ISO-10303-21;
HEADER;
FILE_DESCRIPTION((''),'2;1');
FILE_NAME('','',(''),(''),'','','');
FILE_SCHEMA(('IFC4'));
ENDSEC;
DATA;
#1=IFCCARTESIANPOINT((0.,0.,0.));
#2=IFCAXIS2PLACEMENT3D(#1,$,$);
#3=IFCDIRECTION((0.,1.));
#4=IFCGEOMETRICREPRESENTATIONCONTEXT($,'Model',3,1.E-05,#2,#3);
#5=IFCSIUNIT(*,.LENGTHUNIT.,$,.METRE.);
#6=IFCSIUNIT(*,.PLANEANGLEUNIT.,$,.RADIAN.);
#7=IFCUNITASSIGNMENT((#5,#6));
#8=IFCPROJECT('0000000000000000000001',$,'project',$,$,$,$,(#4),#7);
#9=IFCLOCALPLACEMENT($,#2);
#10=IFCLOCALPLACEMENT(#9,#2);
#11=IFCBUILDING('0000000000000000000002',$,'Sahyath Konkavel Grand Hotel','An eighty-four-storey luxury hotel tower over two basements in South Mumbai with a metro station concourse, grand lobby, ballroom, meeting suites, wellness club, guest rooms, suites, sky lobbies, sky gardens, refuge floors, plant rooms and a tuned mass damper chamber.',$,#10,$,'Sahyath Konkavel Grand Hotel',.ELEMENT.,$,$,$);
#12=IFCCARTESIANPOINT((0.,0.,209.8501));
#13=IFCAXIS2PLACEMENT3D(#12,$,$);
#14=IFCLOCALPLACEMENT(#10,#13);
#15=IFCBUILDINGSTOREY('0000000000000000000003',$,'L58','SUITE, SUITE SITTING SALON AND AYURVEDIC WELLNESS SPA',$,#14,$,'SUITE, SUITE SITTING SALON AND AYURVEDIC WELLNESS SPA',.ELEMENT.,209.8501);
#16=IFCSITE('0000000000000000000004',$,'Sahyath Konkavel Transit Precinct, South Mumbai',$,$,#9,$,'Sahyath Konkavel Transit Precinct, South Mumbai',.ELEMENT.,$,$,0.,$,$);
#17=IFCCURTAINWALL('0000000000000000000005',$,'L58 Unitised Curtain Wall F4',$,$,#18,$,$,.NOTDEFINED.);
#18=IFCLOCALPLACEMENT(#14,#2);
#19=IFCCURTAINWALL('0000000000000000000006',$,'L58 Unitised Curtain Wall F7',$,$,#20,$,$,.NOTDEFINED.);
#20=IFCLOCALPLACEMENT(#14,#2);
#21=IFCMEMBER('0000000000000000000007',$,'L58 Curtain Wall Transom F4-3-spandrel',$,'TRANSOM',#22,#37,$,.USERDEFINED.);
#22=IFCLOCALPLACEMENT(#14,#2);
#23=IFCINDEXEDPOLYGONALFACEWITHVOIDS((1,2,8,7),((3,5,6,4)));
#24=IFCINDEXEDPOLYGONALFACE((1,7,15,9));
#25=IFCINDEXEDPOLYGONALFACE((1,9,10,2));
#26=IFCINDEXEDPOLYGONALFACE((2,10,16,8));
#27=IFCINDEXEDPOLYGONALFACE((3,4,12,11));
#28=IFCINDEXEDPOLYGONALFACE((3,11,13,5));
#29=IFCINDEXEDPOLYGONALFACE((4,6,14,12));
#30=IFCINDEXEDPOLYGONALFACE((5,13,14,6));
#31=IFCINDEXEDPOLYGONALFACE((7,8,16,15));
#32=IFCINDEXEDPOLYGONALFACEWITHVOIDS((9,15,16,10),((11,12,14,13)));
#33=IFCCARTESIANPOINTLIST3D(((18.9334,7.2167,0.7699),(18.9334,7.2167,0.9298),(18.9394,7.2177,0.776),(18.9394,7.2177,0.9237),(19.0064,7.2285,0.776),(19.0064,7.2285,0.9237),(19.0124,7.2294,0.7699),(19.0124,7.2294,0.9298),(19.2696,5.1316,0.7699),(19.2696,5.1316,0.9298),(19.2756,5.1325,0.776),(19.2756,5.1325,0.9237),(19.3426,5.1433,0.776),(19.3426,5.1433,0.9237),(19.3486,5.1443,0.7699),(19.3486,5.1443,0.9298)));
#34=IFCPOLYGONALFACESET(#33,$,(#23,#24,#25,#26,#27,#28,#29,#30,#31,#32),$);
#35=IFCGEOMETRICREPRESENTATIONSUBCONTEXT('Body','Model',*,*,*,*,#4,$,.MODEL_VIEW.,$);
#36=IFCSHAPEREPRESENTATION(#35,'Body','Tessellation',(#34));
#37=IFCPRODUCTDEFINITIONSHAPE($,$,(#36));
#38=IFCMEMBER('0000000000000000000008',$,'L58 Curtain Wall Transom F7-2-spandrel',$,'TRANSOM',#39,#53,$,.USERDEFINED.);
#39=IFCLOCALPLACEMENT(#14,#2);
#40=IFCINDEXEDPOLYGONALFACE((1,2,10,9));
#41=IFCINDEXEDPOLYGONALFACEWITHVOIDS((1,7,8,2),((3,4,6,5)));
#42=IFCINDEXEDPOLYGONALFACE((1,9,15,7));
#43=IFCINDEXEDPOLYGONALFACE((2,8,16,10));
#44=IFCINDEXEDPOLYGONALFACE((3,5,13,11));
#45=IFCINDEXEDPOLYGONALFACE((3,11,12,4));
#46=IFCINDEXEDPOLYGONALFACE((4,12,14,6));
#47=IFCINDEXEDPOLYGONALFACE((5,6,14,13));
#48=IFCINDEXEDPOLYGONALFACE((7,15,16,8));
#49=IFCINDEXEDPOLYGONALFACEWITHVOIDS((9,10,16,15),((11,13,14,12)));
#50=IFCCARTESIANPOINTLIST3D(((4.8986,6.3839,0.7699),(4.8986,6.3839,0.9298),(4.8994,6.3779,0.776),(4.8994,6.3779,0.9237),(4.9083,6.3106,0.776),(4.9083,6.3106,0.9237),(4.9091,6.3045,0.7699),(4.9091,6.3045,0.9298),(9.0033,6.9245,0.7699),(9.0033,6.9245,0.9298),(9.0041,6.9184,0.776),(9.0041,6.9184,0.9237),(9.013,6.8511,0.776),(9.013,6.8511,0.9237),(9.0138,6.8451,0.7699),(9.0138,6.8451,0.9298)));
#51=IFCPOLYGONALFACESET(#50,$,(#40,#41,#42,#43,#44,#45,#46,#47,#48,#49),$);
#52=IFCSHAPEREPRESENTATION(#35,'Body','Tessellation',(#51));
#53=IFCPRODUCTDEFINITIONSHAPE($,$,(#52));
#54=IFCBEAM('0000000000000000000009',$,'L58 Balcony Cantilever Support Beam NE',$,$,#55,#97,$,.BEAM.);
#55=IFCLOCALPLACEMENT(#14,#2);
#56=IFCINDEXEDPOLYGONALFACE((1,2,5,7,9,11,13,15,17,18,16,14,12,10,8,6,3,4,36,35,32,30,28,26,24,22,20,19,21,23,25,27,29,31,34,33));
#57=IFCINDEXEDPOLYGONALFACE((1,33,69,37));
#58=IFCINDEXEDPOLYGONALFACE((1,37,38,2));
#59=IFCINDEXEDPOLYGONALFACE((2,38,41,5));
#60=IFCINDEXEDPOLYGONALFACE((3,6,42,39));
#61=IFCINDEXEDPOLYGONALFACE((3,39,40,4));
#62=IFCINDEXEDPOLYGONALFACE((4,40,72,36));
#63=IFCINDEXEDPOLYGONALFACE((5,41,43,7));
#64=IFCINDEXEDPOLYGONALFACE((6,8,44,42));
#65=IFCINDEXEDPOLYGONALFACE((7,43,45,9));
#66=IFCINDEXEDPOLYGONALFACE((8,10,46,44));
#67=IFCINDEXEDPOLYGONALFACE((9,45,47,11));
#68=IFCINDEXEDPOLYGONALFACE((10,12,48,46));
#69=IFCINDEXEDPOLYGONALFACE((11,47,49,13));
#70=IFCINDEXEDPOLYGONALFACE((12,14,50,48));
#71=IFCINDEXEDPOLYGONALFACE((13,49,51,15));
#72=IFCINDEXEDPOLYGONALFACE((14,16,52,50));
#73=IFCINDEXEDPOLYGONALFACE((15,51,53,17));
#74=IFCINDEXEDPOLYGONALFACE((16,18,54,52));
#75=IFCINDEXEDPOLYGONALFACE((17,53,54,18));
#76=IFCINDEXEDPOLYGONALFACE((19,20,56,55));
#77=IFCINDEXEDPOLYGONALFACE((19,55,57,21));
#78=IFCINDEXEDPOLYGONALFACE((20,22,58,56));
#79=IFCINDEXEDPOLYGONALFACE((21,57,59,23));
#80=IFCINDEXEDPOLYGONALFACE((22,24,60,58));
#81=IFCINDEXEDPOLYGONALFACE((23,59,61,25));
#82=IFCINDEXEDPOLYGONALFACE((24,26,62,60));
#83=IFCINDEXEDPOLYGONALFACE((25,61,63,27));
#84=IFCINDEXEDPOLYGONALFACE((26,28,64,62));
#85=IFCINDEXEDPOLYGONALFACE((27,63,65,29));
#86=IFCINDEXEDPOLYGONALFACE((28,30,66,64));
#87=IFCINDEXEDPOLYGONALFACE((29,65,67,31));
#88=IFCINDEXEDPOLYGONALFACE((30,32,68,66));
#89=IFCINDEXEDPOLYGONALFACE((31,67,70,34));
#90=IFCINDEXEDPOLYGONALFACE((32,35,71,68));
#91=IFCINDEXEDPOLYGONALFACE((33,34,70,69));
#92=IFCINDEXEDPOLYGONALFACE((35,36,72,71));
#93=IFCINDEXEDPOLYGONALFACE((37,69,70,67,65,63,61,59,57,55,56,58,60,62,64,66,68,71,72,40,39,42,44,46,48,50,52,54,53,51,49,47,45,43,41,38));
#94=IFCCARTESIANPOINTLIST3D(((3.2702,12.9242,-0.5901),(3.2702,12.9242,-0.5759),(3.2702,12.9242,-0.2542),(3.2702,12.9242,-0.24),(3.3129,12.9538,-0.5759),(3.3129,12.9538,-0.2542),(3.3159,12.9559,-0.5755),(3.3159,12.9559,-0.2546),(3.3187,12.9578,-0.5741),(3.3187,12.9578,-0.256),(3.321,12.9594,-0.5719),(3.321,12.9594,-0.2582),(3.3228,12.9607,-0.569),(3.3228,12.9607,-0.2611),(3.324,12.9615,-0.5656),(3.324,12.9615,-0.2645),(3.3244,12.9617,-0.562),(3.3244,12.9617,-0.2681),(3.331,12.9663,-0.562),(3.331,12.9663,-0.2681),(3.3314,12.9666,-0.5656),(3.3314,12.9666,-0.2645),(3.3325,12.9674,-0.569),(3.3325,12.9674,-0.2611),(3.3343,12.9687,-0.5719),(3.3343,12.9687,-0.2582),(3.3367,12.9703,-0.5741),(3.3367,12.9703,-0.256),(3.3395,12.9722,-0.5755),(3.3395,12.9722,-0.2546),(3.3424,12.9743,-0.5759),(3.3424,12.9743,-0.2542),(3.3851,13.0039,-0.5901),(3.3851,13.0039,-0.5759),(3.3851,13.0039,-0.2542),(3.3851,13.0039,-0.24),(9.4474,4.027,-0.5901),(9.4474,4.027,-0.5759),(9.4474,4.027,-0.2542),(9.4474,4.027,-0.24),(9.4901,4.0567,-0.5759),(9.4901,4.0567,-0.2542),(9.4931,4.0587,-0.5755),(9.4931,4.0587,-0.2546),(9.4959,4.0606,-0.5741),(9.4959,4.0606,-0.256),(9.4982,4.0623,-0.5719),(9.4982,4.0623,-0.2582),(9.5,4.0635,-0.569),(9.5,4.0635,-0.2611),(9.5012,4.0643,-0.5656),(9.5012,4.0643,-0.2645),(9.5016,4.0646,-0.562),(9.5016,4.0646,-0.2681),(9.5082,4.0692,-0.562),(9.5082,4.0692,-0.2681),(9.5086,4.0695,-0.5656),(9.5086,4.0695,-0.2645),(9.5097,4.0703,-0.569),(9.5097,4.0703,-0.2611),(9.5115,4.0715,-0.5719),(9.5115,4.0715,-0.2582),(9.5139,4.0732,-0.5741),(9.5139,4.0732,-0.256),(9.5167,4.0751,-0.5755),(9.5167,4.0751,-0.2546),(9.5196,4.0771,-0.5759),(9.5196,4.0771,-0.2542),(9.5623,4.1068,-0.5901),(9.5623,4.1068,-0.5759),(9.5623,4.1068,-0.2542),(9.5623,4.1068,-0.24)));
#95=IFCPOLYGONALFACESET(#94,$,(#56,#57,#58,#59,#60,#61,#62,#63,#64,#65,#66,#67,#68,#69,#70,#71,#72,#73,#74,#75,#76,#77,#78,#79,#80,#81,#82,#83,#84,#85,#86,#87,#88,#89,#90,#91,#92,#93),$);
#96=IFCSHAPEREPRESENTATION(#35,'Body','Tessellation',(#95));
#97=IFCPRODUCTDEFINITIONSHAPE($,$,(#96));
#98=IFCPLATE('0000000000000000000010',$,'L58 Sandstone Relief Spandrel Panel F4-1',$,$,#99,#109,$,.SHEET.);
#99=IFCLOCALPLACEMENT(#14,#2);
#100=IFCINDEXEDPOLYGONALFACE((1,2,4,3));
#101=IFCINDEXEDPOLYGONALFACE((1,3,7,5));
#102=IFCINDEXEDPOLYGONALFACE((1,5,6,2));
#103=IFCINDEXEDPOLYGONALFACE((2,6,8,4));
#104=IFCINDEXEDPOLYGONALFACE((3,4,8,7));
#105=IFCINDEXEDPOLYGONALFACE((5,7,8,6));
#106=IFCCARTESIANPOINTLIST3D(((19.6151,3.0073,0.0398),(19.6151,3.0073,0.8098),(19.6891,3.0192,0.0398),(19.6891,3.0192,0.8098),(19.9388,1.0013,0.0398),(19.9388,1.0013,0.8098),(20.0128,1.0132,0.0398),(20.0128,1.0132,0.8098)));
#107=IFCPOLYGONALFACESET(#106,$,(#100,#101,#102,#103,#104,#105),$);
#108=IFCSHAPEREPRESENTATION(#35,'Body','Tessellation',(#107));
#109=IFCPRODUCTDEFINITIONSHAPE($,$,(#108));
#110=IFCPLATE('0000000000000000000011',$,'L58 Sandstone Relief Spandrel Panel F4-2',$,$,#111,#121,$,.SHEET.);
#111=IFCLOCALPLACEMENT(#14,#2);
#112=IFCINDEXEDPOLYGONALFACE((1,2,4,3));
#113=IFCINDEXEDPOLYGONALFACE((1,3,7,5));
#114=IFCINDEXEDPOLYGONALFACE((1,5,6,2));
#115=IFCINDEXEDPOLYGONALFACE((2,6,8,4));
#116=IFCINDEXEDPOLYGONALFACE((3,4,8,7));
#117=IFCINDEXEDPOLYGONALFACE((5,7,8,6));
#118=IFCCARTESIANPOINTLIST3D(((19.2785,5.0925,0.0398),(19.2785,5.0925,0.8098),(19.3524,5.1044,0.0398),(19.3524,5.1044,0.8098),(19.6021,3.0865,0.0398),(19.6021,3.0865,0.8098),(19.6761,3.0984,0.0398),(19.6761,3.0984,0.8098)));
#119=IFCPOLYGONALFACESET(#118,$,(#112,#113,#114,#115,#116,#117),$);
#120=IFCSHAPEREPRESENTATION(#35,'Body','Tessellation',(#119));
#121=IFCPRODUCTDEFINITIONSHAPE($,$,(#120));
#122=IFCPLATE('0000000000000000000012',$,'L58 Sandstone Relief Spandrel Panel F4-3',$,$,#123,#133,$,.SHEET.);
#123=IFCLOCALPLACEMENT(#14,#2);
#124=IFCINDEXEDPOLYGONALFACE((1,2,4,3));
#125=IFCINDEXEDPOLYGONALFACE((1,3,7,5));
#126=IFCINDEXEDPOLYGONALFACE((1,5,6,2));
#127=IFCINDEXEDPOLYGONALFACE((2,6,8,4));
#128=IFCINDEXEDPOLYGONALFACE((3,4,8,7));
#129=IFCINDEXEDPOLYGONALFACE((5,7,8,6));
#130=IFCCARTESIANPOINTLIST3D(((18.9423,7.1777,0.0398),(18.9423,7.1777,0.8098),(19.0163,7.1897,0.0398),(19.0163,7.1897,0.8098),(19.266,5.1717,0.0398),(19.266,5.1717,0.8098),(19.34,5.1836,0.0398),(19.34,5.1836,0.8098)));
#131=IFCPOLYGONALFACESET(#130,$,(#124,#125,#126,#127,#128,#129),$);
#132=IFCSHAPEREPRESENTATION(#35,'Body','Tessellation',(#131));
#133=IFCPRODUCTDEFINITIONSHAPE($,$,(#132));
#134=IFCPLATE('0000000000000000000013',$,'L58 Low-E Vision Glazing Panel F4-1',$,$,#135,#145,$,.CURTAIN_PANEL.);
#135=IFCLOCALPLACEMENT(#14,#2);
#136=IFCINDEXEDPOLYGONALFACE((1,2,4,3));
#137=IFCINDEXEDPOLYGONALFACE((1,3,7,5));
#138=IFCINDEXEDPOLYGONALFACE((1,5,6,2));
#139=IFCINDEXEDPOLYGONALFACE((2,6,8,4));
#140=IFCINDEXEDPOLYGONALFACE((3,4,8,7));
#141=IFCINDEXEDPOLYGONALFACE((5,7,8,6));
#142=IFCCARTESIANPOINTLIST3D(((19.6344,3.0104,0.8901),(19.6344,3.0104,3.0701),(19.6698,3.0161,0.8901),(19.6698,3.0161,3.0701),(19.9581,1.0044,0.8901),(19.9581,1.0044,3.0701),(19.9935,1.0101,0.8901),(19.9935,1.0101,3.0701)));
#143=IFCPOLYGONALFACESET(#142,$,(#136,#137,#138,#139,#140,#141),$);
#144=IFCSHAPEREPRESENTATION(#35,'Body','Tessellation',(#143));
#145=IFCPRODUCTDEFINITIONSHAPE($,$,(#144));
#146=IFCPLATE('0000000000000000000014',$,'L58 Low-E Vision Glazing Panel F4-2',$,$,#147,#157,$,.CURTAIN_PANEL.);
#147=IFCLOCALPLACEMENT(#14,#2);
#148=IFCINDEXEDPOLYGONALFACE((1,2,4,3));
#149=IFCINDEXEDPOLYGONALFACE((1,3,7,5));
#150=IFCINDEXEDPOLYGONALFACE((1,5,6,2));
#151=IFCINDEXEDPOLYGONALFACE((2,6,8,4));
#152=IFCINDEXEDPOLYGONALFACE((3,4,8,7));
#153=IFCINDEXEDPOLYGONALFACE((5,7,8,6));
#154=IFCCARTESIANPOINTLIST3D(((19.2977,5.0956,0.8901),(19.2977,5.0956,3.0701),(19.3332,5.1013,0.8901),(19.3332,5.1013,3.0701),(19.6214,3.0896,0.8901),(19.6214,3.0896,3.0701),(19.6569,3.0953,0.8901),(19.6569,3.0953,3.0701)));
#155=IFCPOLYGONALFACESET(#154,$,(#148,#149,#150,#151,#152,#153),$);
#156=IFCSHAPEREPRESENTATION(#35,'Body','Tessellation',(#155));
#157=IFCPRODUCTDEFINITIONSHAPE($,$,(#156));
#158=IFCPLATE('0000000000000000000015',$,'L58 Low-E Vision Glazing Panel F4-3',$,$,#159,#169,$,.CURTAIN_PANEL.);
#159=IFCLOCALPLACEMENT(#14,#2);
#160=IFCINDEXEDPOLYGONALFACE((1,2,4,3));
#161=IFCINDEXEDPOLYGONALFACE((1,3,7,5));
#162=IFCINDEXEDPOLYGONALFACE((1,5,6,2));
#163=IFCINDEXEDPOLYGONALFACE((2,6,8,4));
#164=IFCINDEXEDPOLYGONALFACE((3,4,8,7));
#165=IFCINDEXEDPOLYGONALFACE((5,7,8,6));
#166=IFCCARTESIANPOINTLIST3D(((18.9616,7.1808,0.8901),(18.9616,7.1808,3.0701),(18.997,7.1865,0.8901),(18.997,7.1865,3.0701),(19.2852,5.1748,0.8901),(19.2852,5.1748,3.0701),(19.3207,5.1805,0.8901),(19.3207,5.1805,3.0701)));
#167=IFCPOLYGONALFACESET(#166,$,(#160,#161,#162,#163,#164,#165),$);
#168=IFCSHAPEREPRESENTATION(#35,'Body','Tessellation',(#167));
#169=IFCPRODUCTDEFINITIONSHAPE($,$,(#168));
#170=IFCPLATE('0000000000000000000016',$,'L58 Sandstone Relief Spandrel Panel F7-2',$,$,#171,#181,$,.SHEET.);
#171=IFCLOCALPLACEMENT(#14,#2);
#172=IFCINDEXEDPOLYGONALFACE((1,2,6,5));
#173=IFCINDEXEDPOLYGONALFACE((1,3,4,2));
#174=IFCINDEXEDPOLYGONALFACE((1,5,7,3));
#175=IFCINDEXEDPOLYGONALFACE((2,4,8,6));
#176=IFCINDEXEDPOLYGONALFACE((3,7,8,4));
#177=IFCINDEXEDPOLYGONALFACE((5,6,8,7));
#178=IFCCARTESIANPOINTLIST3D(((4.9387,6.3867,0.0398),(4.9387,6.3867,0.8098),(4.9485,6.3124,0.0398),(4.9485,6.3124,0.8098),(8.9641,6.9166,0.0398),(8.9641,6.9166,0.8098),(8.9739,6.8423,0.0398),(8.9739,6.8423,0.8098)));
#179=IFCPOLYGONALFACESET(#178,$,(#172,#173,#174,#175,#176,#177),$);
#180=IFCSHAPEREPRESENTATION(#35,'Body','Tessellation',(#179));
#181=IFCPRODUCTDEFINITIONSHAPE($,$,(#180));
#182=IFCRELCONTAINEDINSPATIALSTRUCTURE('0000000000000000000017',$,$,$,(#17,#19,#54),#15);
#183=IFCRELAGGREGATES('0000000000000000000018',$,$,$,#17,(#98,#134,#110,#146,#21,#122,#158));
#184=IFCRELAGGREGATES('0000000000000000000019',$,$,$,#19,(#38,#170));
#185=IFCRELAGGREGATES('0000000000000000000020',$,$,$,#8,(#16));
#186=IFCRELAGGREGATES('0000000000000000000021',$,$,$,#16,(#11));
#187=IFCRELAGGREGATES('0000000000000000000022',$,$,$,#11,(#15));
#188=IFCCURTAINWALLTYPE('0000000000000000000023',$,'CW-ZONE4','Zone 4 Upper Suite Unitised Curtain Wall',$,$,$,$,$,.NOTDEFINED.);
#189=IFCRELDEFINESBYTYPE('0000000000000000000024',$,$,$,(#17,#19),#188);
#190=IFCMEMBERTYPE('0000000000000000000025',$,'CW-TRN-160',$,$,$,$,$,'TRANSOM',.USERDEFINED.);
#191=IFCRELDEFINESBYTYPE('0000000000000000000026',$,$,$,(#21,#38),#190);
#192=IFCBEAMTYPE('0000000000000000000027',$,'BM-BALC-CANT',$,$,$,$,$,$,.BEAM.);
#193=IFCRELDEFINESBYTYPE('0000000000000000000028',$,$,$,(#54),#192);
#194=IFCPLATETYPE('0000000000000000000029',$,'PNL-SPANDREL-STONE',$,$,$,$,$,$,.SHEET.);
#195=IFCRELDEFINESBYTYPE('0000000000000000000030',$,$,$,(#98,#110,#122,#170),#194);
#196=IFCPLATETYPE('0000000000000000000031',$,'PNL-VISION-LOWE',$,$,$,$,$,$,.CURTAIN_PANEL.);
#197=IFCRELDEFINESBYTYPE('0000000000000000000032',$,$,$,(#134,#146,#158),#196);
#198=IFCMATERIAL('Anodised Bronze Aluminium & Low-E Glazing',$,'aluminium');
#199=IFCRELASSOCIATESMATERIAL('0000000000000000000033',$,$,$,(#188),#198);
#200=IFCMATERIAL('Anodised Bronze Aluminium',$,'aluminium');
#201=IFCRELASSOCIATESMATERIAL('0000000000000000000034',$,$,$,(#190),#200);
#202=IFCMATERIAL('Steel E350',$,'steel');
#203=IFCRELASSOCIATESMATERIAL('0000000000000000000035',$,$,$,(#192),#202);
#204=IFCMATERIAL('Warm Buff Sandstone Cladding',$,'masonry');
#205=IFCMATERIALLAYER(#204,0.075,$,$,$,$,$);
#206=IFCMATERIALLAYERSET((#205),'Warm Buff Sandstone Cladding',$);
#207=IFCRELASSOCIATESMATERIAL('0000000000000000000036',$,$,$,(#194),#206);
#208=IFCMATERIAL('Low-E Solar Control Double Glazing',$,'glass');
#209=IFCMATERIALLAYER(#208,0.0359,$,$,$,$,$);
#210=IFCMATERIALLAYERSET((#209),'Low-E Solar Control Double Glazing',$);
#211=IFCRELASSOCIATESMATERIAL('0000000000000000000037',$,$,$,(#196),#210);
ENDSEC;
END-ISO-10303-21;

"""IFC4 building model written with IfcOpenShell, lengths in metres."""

from ifc_helpers import new_model, si_unit, direction, frame, origin, origin_2d, place, context, subcontext, project, spatial, rectangle, hollow_rectangle, i_section, extrude, source, transform, mapped, material, layer, layer_set, material_profile, profile_set, type_object, element, aggregate, save


model = new_model("IFC4")

# Units and contexts
model_context = context("Model", 3, precision=1e-05, world=origin(), true_north=direction((0.0, 1.0)))
body_context = subcontext(model_context, "Body", "Model", "MODEL_VIEW")
ifc_project = project(units=[si_unit("LENGTHUNIT", "METRE"), si_unit("PLANEANGLEUNIT", "RADIAN")], contexts=[model_context])

# Site, building, storey
site_placement = place(None, origin())
site = spatial("IfcSite", under=ifc_project, at=site_placement, Name="Sahyath Konkavel Transit Precinct, South Mumbai", LongName="Sahyath Konkavel Transit Precinct, South Mumbai", CompositionType="ELEMENT", RefElevation=0.0)
building_placement = place(site_placement, origin())
building = spatial("IfcBuilding", under=site, at=building_placement, Name="Sahyath Konkavel Grand Hotel", Description="An eighty-four-storey luxury hotel tower over two basements in South Mumbai with a metro station concourse, grand lobby, ballroom, meeting suites, wellness club, guest rooms, suites, sky lobbies, sky gardens, refuge floors, plant rooms and a tuned mass damper chamber.", LongName="Sahyath Konkavel Grand Hotel", CompositionType="ELEMENT")
storey_placement = place(building_placement, frame((0.0, 0.0, 209.8501)))
storey = spatial("IfcBuildingStorey", under=building, at=storey_placement, Name="L58", Description="SUITE, SUITE SITTING SALON AND AYURVEDIC WELLNESS SPA", LongName="SUITE, SUITE SITTING SALON AND AYURVEDIC WELLNESS SPA", CompositionType="ELEMENT", Elevation=209.8501)

# Shared definitions
ifc_material_1 = material(Name="Steel E350", Category="steel")

# Curtain wall
ifc_material_2 = material(Name="Anodised Bronze Aluminium & Low-E Glazing", Category="aluminium")
curtain_wall_type = type_object("IfcCurtainWallType", Name="CW-ZONE4", Description="Zone 4 Upper Suite Unitised Curtain Wall", PredefinedType="NOTDEFINED", material=ifc_material_2)
curtain_wall_1_placement = place(storey_placement, origin())
curtain_wall_1 = element("IfcCurtainWall", 1, at=curtain_wall_1_placement, inside=storey, type_object=curtain_wall_type, Name="L58 Unitised Curtain Wall F4", PredefinedType="NOTDEFINED")
ifc_material_3 = material(Name="Anodised Bronze Aluminium", Category="aluminium")

# Curtain wall
curtain_wall_2_placement = place(storey_placement, origin())
curtain_wall_2 = element("IfcCurtainWall", 2, at=curtain_wall_2_placement, inside=storey, type_object=curtain_wall_type, Name="L58 Unitised Curtain Wall F7", PredefinedType="NOTDEFINED")

# Members
ifc_material_profile_1 = material_profile(ifc_material_3, hollow_rectangle(XDim=0.0801, YDim=0.1599, WallThickness=0.0061, at=origin_2d()), Name="RHS 160x80x6")
ifc_profile_set_1 = profile_set([ifc_material_profile_1], Name="Anodised Bronze Aluminium")
member_type_1 = type_object("IfcMemberType", Name="CW-TRN-160", ElementType="TRANSOM", PredefinedType="USERDEFINED", material=ifc_profile_set_1)
shared_shape_1 = source(origin(), body_context, "Body", "SweptSolid", [
    extrude(hollow_rectangle(XDim=0.0801, YDim=0.1599, WallThickness=0.0061, at=origin_2d()), origin(), (0.0, 0.0, 1.0), 2.1121),
])
member_1_placement = place(storey_placement, frame((19.3091, 5.1379, 0.8499), z_axis=(-0.159167, 0.987252, 0.0), x_axis=(-0.987252, -0.159167, 0.0)))
member_1 = element("IfcMember", 3, at=member_1_placement, type_object=member_type_1, Name="L58 Curtain Wall Transom F4-3-spandrel", ObjectType="TRANSOM", PredefinedType="USERDEFINED", context=body_context, shape_type="MappedRepresentation", body=[
    mapped(shared_shape_1, transform((0.0, 0.0, 0.0), scale=1.0)),
])
shared_shape_2 = source(origin(), body_context, "Body", "SweptSolid", [
    extrude(hollow_rectangle(XDim=0.0801, YDim=0.1599, WallThickness=0.0061, at=origin_2d()), origin(), (0.0, 0.0, 1.0), 4.1401),
])
member_2_placement = place(storey_placement, frame((9.0085, 6.8848, 0.8499), z_axis=(-0.991441, -0.130557, 0.0), x_axis=(0.130557, -0.991441, 0.0)))
member_2 = element("IfcMember", 4, at=member_2_placement, type_object=member_type_1, Name="L58 Curtain Wall Transom F7-2-spandrel", ObjectType="TRANSOM", PredefinedType="USERDEFINED", context=body_context, shape_type="MappedRepresentation", body=[
    mapped(shared_shape_2, transform((0.0, 0.0, 0.0), scale=1.0)),
])

# Beam
ifc_material_profile_2 = material_profile(ifc_material_1, i_section(OverallWidth=0.1399, OverallDepth=0.3501, WebThickness=0.0081, FlangeThickness=0.0142, FilletRadius=0.0139, at=origin_2d()), Name="ISMB 350")
ifc_profile_set_2 = profile_set([ifc_material_profile_2], Name="Steel E350")
beam_type_1 = type_object("IfcBeamType", Name="BM-BALC-CANT", PredefinedType="BEAM", material=ifc_profile_set_2)
shared_shape_3 = source(origin(), body_context, "Body", "SweptSolid", [
    extrude(i_section(OverallWidth=0.1399, OverallDepth=0.3501, WebThickness=0.0081, FlangeThickness=0.0142, FilletRadius=0.0139, at=origin_2d()), origin(), (0.0, 0.0, 1.0), 10.8313),
])
beam_1_placement = place(storey_placement, frame((9.5049, 4.0669, -0.415), z_axis=(-0.57031, 0.82143, 0.0), x_axis=(-0.82143, -0.57031, 0.0)))
element("IfcBeam", 5, at=beam_1_placement, inside=storey, type_object=beam_type_1, Name="L58 Balcony Cantilever Support Beam NE", PredefinedType="BEAM", context=body_context, shape_type="MappedRepresentation", body=[
    mapped(shared_shape_3, transform((0.0, 0.0, 0.0), scale=1.0)),
])

# Plates
ifc_material_4 = material(Name="Warm Buff Sandstone Cladding", Category="masonry")
ifc_layer_1 = layer(ifc_material_4, 0.075)
ifc_layer_set_1 = layer_set([ifc_layer_1], Name="Warm Buff Sandstone Cladding")
plate_type_1 = type_object("IfcPlateType", Name="PNL-SPANDREL-STONE", PredefinedType="SHEET", material=ifc_layer_set_1)
shared_shape_4 = source(origin(), body_context, "Body", "SweptSolid", [
    extrude(rectangle(XDim=2.032, YDim=0.075, at=origin_2d()), origin(), (0.0, 0.0, 1.0), 0.77),
])
plate_1_placement = place(storey_placement, frame((19.814, 2.0103, 0.0398), z_axis=(0.0, 0.0, 1.0), x_axis=(-0.159295, 0.987231, 0.0)))
plate_1 = element("IfcPlate", 6, at=plate_1_placement, type_object=plate_type_1, Name="L58 Sandstone Relief Spandrel Panel F4-1", PredefinedType="SHEET", context=body_context, shape_type="MappedRepresentation", body=[
    mapped(shared_shape_4, transform((0.0, 0.0, 0.0), scale=1.0)),
])
plate_2_placement = place(storey_placement, frame((19.4773, 4.0955, 0.0398), z_axis=(0.0, 0.0, 1.0), x_axis=(-0.159295, 0.987231, 0.0)))
plate_2 = element("IfcPlate", 7, at=plate_2_placement, type_object=plate_type_1, Name="L58 Sandstone Relief Spandrel Panel F4-2", PredefinedType="SHEET", context=body_context, shape_type="MappedRepresentation", body=[
    mapped(shared_shape_4, transform((0.0, 0.0, 0.0), scale=1.0)),
])
plate_3_placement = place(storey_placement, frame((19.1411, 6.1807, 0.0398), z_axis=(0.0, 0.0, 1.0), x_axis=(-0.159295, 0.987231, 0.0)))
plate_3 = element("IfcPlate", 8, at=plate_3_placement, type_object=plate_type_1, Name="L58 Sandstone Relief Spandrel Panel F4-3", PredefinedType="SHEET", context=body_context, shape_type="MappedRepresentation", body=[
    mapped(shared_shape_4, transform((0.0, 0.0, 0.0), scale=1.0)),
])
ifc_material_5 = material(Name="Low-E Solar Control Double Glazing", Category="glass")
ifc_layer_2 = layer(ifc_material_5, 0.0359)
ifc_layer_set_2 = layer_set([ifc_layer_2], Name="Low-E Solar Control Double Glazing")
plate_type_2 = type_object("IfcPlateType", Name="PNL-VISION-LOWE", PredefinedType="CURTAIN_PANEL", material=ifc_layer_set_2)
shared_shape_5 = source(origin(), body_context, "Body", "SweptSolid", [
    extrude(rectangle(XDim=2.032, YDim=0.0359, at=origin_2d()), origin(), (0.0, 0.0, 1.0), 2.1799),
])
plate_4_placement = place(storey_placement, frame((19.814, 2.0103, 0.8901), z_axis=(0.0, 0.0, 1.0), x_axis=(-0.159295, 0.987231, 0.0)))
plate_4 = element("IfcPlate", 9, at=plate_4_placement, type_object=plate_type_2, Name="L58 Low-E Vision Glazing Panel F4-1", PredefinedType="CURTAIN_PANEL", context=body_context, shape_type="MappedRepresentation", body=[
    mapped(shared_shape_5, transform((0.0, 0.0, 0.0), scale=1.0)),
])
plate_5_placement = place(storey_placement, frame((19.4773, 4.0955, 0.8901), z_axis=(0.0, 0.0, 1.0), x_axis=(-0.159295, 0.987231, 0.0)))
plate_5 = element("IfcPlate", 10, at=plate_5_placement, type_object=plate_type_2, Name="L58 Low-E Vision Glazing Panel F4-2", PredefinedType="CURTAIN_PANEL", context=body_context, shape_type="MappedRepresentation", body=[
    mapped(shared_shape_5, transform((0.0, 0.0, 0.0), scale=1.0)),
])
plate_6_placement = place(storey_placement, frame((19.1411, 6.1807, 0.8901), z_axis=(0.0, 0.0, 1.0), x_axis=(-0.159295, 0.987231, 0.0)))
plate_6 = element("IfcPlate", 11, at=plate_6_placement, type_object=plate_type_2, Name="L58 Low-E Vision Glazing Panel F4-3", PredefinedType="CURTAIN_PANEL", context=body_context, shape_type="MappedRepresentation", body=[
    mapped(shared_shape_5, transform((0.0, 0.0, 0.0), scale=1.0)),
])
aggregate(curtain_wall_1, [plate_1, plate_4, plate_2, plate_5, member_1, plate_3, plate_6])
shared_shape_6 = source(origin(), body_context, "Body", "SweptSolid", [
    extrude(rectangle(XDim=4.0601, YDim=0.075, at=origin_2d()), origin(), (0.0, 0.0, 1.0), 0.77),
])
plate_7_placement = place(storey_placement, frame((6.9563, 6.6145, 0.0398), z_axis=(0.0, 0.0, 1.0), x_axis=(-0.991445, -0.130526, 0.0)))
plate_7 = element("IfcPlate", 12, at=plate_7_placement, type_object=plate_type_1, Name="L58 Sandstone Relief Spandrel Panel F7-2", PredefinedType="SHEET", context=body_context, shape_type="MappedRepresentation", body=[
    mapped(shared_shape_6, transform((0.0, 0.0, 0.0), scale=1.0)),
])
aggregate(curtain_wall_2, [member_2, plate_7])

save(model, "model.ifc")
